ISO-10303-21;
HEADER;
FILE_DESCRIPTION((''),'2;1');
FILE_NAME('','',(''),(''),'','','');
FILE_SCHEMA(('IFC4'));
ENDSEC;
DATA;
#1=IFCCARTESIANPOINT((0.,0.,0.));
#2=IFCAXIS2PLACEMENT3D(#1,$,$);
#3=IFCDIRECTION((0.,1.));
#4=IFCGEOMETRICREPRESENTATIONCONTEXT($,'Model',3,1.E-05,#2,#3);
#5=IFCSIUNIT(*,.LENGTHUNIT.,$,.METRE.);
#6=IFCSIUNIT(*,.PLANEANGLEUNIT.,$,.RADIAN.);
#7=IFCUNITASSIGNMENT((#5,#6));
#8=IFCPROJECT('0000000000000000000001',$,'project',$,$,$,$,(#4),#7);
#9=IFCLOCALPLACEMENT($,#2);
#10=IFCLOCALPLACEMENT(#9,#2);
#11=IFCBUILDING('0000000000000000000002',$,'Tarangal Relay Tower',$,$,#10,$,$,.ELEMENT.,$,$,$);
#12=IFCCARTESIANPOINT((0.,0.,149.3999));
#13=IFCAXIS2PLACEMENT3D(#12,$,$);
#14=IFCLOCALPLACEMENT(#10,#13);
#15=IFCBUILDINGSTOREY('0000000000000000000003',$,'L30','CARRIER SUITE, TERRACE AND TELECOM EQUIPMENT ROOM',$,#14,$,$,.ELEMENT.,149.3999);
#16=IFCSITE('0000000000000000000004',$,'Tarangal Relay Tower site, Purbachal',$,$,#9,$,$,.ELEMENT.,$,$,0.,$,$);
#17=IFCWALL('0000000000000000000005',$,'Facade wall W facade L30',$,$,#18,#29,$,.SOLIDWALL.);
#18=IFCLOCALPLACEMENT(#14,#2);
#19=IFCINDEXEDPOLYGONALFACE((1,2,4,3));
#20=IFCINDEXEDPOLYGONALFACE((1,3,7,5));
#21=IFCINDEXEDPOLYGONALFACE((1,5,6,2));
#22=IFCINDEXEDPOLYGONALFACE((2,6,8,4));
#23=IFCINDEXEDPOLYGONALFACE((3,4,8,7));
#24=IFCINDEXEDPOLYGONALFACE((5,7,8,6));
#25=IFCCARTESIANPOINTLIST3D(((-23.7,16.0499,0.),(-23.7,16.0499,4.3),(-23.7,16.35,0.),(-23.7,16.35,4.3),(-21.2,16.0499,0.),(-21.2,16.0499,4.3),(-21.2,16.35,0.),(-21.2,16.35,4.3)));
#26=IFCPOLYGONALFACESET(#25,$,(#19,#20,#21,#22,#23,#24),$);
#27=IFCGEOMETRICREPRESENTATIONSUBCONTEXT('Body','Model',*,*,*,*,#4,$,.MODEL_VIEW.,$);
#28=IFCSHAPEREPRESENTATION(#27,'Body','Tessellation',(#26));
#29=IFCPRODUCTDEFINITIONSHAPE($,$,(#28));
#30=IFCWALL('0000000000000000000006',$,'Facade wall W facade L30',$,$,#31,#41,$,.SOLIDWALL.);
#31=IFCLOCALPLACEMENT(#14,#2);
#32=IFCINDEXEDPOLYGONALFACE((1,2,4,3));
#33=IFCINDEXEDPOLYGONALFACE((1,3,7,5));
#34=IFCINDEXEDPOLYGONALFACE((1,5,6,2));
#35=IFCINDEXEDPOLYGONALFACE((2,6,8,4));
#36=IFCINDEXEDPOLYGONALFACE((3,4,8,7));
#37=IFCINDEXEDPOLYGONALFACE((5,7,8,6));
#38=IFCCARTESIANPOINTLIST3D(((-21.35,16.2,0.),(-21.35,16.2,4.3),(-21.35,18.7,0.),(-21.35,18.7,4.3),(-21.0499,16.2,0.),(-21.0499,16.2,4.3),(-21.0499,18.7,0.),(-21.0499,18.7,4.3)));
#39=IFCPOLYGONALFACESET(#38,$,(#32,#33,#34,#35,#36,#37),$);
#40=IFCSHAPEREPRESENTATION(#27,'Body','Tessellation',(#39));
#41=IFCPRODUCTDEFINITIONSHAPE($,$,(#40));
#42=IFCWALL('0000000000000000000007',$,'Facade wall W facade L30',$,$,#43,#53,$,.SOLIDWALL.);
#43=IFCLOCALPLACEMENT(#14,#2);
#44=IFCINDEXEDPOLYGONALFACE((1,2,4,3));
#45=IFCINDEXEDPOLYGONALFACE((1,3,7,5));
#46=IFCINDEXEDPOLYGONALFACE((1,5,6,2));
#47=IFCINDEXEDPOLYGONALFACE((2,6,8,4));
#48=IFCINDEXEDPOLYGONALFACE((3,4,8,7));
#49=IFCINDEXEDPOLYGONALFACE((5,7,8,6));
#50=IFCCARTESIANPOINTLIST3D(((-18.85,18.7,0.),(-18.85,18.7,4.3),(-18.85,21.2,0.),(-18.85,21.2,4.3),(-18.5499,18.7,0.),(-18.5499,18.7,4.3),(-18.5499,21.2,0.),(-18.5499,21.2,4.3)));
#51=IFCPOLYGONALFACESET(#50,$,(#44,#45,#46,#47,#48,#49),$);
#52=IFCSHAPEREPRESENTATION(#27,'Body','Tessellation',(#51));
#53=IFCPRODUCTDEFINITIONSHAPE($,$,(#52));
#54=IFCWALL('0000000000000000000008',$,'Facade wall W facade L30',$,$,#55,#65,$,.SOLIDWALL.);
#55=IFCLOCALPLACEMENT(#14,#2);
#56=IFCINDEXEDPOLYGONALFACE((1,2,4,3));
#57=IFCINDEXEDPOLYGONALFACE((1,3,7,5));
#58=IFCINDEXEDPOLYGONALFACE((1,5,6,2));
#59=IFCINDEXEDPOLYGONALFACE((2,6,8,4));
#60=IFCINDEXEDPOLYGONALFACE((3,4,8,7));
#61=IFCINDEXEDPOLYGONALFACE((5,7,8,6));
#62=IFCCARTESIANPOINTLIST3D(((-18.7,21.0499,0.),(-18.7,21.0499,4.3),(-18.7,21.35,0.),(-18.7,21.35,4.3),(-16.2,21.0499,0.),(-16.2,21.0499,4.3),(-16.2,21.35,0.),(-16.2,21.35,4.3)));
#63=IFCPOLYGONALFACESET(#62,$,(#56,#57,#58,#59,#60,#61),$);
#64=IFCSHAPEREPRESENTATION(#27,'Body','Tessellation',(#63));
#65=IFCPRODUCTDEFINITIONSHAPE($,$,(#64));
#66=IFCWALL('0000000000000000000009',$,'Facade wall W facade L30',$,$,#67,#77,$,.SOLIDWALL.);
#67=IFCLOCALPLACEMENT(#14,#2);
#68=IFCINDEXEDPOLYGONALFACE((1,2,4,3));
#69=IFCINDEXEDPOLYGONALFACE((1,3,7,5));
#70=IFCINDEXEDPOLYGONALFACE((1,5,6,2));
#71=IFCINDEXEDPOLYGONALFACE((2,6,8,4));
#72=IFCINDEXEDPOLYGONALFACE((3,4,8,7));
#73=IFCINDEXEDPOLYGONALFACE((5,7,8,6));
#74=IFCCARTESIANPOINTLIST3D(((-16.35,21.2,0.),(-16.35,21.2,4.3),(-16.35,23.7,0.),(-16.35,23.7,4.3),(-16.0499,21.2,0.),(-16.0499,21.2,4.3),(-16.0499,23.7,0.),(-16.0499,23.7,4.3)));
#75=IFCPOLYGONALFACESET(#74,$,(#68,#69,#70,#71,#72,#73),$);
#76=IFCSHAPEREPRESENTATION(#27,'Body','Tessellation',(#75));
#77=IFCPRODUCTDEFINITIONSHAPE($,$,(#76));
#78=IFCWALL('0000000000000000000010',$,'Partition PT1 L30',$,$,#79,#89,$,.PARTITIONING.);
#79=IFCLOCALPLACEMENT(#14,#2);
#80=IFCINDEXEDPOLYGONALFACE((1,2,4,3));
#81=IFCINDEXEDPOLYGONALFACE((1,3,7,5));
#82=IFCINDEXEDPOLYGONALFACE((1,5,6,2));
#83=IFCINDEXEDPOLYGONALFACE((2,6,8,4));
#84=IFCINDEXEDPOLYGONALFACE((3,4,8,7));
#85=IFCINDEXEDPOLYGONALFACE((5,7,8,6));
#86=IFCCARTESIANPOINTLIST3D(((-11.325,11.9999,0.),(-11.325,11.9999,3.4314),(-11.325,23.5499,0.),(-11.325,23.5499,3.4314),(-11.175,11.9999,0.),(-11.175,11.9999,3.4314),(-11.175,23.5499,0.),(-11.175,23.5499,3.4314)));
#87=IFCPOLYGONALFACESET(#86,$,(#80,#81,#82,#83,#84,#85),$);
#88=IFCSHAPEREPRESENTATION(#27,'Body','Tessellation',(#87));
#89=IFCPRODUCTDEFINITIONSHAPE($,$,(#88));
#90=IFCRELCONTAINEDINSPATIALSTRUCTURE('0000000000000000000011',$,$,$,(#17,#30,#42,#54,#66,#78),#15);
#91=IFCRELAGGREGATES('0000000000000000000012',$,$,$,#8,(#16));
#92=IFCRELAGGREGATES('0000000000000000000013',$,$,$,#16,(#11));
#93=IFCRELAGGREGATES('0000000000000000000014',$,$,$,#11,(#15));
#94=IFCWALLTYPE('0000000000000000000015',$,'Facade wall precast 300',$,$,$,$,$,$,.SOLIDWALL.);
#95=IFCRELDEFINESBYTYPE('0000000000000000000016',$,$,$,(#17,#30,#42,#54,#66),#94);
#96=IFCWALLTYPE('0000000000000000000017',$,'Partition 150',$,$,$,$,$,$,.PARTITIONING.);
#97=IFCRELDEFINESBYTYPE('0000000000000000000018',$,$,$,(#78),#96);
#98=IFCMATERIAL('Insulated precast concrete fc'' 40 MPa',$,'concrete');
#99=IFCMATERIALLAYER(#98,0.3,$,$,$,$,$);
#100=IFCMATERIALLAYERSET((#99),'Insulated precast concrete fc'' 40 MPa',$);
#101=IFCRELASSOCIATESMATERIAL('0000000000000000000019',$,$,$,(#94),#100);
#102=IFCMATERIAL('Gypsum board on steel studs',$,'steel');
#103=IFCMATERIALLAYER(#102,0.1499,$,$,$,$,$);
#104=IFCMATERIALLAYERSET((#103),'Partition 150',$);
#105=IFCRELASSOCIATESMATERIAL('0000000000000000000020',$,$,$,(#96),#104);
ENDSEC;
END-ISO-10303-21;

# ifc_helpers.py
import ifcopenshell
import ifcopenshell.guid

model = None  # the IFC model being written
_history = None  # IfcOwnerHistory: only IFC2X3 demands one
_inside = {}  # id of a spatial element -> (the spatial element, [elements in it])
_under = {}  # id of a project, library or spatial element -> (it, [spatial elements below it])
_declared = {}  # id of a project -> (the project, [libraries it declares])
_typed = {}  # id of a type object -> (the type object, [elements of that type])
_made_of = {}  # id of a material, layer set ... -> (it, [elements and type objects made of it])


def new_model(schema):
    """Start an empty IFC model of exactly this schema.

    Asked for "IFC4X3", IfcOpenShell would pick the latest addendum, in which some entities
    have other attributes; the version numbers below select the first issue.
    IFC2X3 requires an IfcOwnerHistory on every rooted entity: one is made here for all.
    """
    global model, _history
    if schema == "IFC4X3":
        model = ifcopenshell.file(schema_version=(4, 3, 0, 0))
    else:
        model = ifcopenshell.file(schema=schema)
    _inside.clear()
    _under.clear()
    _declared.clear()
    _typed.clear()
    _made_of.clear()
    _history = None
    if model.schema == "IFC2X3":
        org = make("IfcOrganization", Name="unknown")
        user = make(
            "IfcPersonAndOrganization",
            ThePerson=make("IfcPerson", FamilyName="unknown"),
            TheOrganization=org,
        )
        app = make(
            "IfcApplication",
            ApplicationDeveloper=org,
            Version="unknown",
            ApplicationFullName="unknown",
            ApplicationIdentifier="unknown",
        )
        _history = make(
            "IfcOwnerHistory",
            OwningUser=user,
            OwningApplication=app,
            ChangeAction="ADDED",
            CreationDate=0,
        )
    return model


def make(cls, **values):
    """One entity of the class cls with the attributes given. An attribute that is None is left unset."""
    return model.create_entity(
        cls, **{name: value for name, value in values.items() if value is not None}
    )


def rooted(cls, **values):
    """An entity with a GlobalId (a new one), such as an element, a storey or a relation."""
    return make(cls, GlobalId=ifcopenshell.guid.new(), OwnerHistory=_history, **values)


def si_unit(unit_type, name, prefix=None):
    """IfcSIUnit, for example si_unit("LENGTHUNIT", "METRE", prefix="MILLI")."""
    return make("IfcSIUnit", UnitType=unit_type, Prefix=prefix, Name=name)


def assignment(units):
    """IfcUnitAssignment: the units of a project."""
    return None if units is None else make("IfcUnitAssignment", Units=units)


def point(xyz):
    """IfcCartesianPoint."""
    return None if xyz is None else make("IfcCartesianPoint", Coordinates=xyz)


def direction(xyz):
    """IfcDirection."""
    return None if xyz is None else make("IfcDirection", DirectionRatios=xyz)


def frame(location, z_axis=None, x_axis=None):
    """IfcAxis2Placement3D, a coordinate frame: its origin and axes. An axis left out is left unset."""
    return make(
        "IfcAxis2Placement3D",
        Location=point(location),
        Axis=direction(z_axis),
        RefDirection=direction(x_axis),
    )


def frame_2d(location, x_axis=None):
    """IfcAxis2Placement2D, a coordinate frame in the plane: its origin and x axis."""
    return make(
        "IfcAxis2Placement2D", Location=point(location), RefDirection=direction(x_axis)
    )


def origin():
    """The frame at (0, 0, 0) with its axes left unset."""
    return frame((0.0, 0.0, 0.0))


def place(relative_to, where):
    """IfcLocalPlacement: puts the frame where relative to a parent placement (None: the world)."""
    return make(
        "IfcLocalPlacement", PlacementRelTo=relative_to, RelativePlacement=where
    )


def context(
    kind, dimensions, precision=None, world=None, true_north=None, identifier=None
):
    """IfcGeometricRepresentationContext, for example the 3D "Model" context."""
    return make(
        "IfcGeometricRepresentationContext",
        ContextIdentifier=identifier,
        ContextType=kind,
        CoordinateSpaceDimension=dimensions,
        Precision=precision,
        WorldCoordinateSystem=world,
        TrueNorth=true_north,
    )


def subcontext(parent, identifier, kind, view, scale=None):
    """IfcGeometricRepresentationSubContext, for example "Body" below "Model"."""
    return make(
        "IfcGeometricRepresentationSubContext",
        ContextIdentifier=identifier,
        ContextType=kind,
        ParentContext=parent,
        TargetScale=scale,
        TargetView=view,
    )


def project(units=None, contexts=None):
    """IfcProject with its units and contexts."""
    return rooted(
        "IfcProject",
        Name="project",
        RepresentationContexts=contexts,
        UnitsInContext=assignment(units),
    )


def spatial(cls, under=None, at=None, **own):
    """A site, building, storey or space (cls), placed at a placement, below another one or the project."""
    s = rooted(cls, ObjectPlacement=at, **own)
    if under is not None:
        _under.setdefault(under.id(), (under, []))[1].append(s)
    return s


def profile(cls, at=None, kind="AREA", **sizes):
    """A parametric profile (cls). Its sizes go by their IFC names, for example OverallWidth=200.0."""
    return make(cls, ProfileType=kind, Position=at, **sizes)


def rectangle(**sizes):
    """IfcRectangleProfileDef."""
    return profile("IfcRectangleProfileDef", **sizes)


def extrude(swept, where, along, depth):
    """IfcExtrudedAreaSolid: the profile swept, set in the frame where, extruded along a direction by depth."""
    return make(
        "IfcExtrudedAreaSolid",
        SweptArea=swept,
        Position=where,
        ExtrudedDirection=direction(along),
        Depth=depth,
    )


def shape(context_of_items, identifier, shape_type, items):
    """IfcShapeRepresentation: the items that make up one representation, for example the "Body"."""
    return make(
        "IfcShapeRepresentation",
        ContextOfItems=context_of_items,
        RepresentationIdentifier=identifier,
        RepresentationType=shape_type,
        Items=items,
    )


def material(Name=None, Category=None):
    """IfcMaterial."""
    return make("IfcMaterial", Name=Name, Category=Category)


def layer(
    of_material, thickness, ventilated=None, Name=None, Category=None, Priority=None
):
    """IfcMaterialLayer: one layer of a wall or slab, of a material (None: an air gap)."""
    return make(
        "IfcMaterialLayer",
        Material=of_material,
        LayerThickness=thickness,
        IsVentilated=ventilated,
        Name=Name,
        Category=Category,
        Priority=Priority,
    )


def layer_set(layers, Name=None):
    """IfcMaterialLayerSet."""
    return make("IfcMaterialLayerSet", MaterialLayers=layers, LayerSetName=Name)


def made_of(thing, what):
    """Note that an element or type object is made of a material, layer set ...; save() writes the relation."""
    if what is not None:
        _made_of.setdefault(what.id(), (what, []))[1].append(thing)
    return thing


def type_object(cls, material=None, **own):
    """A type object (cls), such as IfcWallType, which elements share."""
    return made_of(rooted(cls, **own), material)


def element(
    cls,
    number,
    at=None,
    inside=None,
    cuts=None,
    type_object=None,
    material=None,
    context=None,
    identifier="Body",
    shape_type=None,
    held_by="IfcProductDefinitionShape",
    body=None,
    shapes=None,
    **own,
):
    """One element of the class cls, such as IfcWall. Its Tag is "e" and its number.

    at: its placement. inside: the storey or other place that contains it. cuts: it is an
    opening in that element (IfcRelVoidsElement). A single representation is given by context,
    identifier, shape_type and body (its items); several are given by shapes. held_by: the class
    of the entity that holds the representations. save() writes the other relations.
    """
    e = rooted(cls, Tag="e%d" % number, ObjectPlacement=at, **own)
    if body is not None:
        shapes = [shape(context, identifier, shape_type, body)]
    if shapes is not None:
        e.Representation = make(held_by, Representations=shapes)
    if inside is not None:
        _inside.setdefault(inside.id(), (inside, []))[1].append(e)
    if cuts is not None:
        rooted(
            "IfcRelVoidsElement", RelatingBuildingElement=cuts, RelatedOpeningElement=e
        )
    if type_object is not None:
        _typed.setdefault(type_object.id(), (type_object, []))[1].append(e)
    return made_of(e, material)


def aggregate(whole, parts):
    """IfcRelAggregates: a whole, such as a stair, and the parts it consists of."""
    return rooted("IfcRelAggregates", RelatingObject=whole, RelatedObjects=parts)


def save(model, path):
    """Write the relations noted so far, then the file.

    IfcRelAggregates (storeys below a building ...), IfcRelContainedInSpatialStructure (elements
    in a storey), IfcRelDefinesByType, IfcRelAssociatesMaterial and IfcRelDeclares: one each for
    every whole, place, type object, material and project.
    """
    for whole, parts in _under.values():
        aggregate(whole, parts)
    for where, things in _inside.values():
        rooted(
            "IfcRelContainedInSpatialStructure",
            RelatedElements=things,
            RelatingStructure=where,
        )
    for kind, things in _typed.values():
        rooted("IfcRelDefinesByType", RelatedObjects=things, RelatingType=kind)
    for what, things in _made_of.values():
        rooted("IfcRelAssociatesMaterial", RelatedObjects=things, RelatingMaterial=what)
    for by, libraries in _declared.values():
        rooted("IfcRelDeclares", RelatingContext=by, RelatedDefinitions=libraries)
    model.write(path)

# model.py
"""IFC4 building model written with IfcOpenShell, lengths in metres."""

from ifc_helpers import new_model, si_unit, direction, frame, frame_2d, origin, place, context, subcontext, project, spatial, rectangle, extrude, material, layer, layer_set, type_object, element, save


model = new_model("IFC4")

# Units and contexts
model_context = context("Model", 3, precision=1e-05, world=origin(), true_north=direction((0.0, 1.0)))
body_context = subcontext(model_context, "Body", "Model", "MODEL_VIEW")
ifc_project = project(units=[si_unit("LENGTHUNIT", "METRE"), si_unit("PLANEANGLEUNIT", "RADIAN")], contexts=[model_context])

# Site, building, storey
site_placement = place(None, origin())
site = spatial("IfcSite", under=ifc_project, at=site_placement, Name="Tarangal Relay Tower site, Purbachal", CompositionType="ELEMENT", RefElevation=0.0)
building_placement = place(site_placement, origin())
building = spatial("IfcBuilding", under=site, at=building_placement, Name="Tarangal Relay Tower", CompositionType="ELEMENT")
storey_placement = place(building_placement, frame((0.0, 0.0, 149.3999)))
storey = spatial("IfcBuildingStorey", under=building, at=storey_placement, Name="L30", Description="CARRIER SUITE, TERRACE AND TELECOM EQUIPMENT ROOM", CompositionType="ELEMENT", Elevation=149.3999)

# Shared definitions
ifc_material_1 = material(Name="Insulated precast concrete fc' 40 MPa", Category="concrete")
ifc_layer_1 = layer(ifc_material_1, 0.3)
ifc_layer_set_1 = layer_set([ifc_layer_1], Name="Insulated precast concrete fc' 40 MPa")
wall_type_1 = type_object("IfcWallType", Name="Facade wall precast 300", PredefinedType="SOLIDWALL", material=ifc_layer_set_1)

# Walls
for number, where, z_axis, x_axis, name in (
    (1, (-23.7, 16.2, 0.0), (0.0, 0.0, 1.0), (1.0, 0.0, 0.0), "Facade wall W facade L30"),
    (2, (-21.2, 16.2, 0.0), (0.0, 0.0, 1.0), (0.0, 1.0, 0.0), "Facade wall W facade L30"),
):
    element("IfcWall", number, at=place(storey_placement, frame(where, z_axis=z_axis, x_axis=x_axis)), inside=storey, type_object=wall_type_1, Name=name, PredefinedType="SOLIDWALL", context=body_context, shape_type="SweptSolid", body=[
        extrude(rectangle(XDim=2.5, YDim=0.3, at=frame_2d((1.25, 0.0))), origin(), (0.0, 0.0, 1.0), 4.3),
    ])

# Walls
for number, where, z_axis, x_axis, name in (
    (3, (-18.7, 18.7, 0.0), (0.0, 0.0, 1.0), (0.0, 1.0, 0.0), "Facade wall W facade L30"),
    (4, (-18.7, 21.2, 0.0), (0.0, 0.0, 1.0), (1.0, 0.0, 0.0), "Facade wall W facade L30"),
    (5, (-16.2, 21.2, 0.0), (0.0, 0.0, 1.0), (0.0, 1.0, 0.0), "Facade wall W facade L30"),
):
    element("IfcWall", number, at=place(storey_placement, frame(where, z_axis=z_axis, x_axis=x_axis)), inside=storey, type_object=wall_type_1, Name=name, PredefinedType="SOLIDWALL", context=body_context, shape_type="SweptSolid", body=[
        extrude(rectangle(XDim=2.5, YDim=0.3, at=frame_2d((1.25, 0.0))), origin(), (0.0, 0.0, 1.0), 4.3),
    ])
ifc_material_2 = material(Name="Gypsum board on steel studs", Category="steel")
ifc_layer_2 = layer(ifc_material_2, 0.1499)
ifc_layer_set_2 = layer_set([ifc_layer_2], Name="Partition 150")
wall_type_2 = type_object("IfcWallType", Name="Partition 150", PredefinedType="PARTITIONING", material=ifc_layer_set_2)
wall_1_placement = place(storey_placement, frame((-11.25, 12.0, 0.0), z_axis=(0.0, 0.0, 1.0), x_axis=(0.0, 1.0, 0.0)))
element("IfcWall", 6, at=wall_1_placement, inside=storey, type_object=wall_type_2, Name="Partition PT1 L30", PredefinedType="PARTITIONING", context=body_context, shape_type="SweptSolid", body=[
    extrude(rectangle(XDim=11.55, YDim=0.1499, at=frame_2d((5.7749, 0.0))), origin(), (0.0, 0.0, 1.0), 3.4314),
])

save(model, "model.ifc")
